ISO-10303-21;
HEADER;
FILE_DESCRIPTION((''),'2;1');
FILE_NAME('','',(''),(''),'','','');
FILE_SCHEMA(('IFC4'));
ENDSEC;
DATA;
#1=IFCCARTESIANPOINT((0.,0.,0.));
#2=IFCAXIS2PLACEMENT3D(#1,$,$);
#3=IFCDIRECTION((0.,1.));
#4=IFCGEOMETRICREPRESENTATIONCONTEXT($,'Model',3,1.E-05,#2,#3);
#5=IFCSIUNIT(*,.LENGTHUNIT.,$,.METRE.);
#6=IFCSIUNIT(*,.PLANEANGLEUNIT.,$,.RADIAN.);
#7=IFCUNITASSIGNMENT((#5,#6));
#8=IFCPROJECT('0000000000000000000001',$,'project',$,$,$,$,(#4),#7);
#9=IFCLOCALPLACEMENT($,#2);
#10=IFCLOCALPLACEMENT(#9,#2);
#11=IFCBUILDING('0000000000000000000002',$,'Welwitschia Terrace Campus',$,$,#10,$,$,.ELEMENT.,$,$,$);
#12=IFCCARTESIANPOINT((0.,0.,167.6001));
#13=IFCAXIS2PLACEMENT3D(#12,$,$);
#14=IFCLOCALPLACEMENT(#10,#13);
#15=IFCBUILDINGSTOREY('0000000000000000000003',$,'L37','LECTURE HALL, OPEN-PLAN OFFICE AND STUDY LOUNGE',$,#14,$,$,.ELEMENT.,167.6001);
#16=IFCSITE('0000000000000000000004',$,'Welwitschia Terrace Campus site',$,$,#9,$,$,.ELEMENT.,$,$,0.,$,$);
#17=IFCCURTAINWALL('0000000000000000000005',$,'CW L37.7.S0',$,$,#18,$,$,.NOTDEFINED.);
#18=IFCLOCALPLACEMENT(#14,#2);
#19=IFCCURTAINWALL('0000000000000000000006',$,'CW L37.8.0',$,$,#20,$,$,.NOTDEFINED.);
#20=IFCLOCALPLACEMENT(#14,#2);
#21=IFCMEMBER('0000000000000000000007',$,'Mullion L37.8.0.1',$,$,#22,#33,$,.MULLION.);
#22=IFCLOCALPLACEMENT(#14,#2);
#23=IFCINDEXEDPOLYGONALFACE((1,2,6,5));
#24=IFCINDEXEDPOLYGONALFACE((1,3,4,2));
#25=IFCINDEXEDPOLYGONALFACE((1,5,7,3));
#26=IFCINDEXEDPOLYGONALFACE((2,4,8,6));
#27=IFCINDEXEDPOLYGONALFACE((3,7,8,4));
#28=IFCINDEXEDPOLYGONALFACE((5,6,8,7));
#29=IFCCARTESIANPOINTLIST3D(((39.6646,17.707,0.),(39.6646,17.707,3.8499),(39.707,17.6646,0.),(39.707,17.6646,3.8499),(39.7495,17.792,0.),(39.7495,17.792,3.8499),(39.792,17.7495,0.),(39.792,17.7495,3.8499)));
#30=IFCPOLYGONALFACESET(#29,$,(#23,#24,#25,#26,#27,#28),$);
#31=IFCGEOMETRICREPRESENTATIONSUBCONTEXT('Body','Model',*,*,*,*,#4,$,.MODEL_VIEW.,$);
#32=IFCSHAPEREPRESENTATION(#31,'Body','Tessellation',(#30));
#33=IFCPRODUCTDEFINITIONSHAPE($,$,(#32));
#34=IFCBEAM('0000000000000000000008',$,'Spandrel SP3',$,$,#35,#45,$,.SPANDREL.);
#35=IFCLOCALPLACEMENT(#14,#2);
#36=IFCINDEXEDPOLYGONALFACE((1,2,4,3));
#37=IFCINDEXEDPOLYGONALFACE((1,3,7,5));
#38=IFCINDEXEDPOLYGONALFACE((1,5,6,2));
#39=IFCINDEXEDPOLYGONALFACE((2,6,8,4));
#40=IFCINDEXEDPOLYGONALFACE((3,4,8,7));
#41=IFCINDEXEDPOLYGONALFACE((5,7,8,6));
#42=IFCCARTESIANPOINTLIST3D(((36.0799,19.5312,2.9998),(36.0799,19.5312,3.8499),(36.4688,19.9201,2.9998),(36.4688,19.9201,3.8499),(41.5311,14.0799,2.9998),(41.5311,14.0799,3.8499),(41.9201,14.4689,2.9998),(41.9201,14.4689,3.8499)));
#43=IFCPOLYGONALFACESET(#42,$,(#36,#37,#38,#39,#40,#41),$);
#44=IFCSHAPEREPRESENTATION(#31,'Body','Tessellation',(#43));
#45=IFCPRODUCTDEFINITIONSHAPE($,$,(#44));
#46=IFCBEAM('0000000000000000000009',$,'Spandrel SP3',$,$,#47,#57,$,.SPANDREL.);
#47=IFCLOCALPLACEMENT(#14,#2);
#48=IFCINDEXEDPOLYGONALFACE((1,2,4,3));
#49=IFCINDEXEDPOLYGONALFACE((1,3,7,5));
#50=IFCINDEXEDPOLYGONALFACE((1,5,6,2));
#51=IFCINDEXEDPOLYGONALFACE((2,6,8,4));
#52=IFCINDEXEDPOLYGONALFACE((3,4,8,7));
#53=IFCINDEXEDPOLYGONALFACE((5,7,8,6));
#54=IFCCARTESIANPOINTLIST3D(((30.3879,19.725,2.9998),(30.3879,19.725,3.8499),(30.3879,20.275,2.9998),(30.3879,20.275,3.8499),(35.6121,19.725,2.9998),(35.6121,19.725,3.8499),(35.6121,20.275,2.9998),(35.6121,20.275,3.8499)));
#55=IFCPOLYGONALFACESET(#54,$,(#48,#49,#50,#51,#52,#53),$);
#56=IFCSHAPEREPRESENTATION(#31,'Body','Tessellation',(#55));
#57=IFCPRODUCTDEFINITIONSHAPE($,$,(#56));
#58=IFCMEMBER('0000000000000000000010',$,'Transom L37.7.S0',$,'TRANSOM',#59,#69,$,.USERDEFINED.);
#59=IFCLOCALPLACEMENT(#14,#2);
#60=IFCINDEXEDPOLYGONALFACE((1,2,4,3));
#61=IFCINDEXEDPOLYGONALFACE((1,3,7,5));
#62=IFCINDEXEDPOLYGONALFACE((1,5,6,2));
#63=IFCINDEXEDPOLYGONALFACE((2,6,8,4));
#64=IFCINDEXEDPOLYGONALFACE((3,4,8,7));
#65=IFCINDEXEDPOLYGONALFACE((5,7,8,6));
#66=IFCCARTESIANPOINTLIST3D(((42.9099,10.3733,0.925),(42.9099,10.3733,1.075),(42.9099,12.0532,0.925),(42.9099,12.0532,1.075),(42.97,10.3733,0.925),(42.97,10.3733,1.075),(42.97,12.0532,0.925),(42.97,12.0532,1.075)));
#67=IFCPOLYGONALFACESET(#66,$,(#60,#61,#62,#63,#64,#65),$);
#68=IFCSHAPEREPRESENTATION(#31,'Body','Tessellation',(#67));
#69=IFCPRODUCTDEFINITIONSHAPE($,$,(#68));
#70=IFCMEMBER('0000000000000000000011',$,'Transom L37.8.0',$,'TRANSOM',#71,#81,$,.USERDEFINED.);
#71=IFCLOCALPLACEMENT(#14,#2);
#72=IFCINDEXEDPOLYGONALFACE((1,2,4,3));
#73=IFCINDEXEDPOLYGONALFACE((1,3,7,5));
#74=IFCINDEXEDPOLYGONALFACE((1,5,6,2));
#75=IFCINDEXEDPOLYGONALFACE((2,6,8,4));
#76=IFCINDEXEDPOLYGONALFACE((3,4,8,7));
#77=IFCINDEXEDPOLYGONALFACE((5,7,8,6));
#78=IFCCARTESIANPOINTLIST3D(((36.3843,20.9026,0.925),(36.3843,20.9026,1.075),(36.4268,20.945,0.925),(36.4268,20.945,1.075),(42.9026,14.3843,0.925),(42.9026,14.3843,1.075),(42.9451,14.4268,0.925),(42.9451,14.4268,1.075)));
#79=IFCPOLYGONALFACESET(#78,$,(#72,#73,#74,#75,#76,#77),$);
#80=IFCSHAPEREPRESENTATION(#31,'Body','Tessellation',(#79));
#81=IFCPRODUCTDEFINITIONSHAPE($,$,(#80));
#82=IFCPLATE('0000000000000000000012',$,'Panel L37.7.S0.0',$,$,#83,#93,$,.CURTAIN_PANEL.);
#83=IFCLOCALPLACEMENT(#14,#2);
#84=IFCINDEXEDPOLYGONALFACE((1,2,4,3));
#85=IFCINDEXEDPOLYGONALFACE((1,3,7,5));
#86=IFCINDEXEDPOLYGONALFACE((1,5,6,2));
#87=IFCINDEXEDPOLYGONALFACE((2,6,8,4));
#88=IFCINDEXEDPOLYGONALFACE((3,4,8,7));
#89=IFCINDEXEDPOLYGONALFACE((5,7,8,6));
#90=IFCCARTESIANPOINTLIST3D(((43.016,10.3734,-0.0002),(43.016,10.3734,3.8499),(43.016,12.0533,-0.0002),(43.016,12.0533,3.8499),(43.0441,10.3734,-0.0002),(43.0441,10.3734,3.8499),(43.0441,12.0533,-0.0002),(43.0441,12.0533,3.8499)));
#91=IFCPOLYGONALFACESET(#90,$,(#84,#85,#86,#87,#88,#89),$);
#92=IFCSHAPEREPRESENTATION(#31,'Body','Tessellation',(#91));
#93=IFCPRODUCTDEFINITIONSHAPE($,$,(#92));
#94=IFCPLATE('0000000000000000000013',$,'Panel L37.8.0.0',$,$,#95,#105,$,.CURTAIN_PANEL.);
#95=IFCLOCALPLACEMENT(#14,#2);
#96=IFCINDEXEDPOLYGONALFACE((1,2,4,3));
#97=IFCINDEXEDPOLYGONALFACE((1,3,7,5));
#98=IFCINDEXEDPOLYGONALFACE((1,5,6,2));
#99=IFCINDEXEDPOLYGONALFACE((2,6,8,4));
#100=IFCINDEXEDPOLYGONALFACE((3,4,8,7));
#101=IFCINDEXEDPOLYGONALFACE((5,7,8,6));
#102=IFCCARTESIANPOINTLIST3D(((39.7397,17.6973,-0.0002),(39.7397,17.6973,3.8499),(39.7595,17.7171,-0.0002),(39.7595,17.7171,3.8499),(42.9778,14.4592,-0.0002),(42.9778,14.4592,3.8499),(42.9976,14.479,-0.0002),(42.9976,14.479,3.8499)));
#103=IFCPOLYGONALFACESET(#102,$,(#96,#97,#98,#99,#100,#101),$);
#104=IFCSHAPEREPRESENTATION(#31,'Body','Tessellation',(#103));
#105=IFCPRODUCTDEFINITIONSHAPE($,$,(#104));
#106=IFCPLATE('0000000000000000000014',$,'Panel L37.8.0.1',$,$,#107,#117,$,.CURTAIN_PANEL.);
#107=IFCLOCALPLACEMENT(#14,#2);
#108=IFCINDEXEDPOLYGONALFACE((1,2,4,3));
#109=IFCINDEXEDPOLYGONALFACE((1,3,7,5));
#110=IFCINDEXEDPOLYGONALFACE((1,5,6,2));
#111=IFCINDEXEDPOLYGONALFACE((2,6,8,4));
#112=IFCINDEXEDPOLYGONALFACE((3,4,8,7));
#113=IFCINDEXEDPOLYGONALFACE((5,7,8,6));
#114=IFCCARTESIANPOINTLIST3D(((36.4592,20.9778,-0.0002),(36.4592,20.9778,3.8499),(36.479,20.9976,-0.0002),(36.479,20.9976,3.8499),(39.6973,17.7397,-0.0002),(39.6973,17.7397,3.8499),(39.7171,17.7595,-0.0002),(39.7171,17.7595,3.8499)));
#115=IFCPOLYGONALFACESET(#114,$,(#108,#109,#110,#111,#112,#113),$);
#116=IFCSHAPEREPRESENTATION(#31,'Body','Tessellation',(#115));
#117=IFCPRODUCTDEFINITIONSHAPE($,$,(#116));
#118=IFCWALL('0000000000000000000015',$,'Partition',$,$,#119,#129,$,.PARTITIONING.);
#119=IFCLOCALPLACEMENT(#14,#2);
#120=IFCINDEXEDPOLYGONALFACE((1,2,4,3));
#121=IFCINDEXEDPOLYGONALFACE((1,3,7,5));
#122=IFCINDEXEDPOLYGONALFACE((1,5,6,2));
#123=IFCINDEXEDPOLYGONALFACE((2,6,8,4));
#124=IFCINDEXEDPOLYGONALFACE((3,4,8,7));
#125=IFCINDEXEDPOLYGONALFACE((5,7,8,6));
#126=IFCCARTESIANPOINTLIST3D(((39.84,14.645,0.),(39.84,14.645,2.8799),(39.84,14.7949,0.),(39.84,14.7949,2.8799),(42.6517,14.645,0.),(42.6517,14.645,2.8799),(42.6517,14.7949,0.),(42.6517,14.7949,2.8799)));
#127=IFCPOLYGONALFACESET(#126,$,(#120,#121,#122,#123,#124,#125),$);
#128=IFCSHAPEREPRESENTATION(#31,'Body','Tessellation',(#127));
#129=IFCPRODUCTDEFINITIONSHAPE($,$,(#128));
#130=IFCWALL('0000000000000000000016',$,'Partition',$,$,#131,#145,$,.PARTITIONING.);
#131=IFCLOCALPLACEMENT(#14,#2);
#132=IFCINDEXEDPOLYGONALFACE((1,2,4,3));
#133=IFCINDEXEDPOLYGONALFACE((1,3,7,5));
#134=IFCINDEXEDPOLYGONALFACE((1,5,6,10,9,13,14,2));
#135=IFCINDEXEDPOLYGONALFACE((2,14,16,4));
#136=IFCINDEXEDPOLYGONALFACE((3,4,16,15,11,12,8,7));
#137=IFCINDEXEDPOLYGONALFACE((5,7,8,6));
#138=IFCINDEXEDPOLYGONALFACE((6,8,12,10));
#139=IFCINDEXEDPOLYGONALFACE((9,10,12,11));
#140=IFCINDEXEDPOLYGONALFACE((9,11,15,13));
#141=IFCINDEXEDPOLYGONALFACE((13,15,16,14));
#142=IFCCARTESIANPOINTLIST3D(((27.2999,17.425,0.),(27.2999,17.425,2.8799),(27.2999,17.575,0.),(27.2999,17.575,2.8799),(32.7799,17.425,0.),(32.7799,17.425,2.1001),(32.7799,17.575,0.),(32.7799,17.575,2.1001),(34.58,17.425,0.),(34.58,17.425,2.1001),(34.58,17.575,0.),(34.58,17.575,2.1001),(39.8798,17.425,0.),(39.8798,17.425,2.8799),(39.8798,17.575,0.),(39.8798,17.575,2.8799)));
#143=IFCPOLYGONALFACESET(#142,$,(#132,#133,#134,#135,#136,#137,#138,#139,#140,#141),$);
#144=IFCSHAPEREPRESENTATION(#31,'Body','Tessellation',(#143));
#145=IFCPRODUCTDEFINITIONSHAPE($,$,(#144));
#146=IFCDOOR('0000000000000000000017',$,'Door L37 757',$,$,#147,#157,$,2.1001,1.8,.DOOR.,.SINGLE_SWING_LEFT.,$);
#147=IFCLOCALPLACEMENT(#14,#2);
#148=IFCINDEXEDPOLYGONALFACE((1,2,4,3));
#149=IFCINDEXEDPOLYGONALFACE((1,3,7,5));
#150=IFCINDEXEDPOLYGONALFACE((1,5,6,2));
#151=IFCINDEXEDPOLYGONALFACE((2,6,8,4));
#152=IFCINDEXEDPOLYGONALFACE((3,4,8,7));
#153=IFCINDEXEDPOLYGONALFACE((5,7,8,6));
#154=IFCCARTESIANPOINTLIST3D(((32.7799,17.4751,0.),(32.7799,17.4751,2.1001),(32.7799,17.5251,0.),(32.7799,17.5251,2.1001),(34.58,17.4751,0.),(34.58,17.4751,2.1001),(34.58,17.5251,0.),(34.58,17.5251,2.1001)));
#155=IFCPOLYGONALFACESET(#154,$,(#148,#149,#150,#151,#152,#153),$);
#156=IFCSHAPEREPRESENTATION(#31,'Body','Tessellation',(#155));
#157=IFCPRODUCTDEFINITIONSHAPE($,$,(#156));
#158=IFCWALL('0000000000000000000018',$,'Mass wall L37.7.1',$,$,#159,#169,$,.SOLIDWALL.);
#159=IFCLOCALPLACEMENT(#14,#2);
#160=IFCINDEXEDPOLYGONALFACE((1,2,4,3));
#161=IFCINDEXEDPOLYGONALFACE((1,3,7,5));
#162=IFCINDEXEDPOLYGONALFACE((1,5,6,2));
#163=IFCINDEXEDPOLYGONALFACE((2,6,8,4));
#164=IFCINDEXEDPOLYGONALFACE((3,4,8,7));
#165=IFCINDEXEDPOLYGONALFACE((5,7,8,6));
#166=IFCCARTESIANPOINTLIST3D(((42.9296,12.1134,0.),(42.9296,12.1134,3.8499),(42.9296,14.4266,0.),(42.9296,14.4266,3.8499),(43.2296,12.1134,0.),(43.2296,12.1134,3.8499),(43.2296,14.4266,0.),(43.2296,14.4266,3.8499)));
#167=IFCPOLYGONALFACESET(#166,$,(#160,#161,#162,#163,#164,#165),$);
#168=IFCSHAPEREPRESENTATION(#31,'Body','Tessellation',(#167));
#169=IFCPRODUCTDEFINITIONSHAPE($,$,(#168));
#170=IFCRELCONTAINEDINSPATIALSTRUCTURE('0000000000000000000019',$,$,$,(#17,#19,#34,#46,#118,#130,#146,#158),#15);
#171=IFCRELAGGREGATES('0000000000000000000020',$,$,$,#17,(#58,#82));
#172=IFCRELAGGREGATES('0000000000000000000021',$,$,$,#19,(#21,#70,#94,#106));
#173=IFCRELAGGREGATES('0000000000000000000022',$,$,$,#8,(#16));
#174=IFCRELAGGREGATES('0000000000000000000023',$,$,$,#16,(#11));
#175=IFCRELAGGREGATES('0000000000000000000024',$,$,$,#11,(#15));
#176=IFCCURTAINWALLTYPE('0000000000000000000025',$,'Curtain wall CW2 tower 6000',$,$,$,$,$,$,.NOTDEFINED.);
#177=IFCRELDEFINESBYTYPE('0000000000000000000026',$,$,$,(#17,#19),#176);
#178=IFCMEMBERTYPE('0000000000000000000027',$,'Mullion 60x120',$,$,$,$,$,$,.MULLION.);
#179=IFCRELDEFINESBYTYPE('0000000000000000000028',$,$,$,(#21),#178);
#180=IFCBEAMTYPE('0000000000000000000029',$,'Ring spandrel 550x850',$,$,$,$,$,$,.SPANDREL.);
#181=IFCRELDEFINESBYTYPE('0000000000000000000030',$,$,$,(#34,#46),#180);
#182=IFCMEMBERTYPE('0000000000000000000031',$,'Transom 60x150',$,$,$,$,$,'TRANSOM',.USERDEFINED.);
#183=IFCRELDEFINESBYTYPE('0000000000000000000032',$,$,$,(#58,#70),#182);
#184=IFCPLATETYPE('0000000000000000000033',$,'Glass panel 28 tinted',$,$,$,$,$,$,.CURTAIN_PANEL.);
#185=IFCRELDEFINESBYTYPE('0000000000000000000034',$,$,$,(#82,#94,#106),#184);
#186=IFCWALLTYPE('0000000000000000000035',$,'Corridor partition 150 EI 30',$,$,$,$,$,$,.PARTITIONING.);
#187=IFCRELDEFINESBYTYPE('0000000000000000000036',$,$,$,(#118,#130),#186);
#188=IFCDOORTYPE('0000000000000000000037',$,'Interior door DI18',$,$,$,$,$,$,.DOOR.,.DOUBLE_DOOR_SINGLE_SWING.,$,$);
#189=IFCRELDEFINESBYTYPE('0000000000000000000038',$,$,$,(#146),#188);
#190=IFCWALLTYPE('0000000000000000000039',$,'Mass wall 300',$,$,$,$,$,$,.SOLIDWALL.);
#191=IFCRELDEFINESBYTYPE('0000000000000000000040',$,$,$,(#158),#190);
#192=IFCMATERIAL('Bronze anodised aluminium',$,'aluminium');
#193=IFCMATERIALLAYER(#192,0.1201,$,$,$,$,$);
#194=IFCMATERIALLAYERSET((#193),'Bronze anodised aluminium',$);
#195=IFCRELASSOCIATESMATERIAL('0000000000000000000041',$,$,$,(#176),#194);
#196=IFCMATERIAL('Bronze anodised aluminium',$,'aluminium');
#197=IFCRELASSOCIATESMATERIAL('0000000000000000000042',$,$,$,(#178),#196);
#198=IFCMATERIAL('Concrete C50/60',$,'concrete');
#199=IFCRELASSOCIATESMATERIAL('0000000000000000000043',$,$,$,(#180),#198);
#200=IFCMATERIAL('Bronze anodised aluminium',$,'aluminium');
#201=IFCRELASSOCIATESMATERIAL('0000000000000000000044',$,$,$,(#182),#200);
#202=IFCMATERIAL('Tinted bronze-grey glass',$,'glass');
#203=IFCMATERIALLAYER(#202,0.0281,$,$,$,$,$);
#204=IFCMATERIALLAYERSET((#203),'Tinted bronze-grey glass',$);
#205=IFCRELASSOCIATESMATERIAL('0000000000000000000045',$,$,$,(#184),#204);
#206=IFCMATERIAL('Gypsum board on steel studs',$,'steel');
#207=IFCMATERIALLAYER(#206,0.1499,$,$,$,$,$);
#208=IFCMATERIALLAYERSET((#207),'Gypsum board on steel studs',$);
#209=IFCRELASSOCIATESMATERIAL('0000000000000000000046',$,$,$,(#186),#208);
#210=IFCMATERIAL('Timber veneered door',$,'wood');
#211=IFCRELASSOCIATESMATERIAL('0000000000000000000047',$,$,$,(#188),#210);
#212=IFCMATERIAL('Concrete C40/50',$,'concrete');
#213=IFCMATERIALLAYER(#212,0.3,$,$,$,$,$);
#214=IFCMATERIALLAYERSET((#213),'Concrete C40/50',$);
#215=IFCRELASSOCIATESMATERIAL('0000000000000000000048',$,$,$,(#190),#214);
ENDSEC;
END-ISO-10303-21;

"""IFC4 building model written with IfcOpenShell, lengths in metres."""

from ifc_helpers import new_model, si_unit, direction, frame, frame_2d, origin, origin_2d, place, context, subcontext, project, spatial, rectangle, extrude, material, layer, layer_set, material_profile, profile_set, type_object, element, fill, aggregate, save


model = new_model("IFC4")

# Units and contexts
model_context = context("Model", 3, precision=1e-05, world=origin(), true_north=direction((0.0, 1.0)))
body_context = subcontext(model_context, "Body", "Model", "MODEL_VIEW")
ifc_project = project(units=[si_unit("LENGTHUNIT", "METRE"), si_unit("PLANEANGLEUNIT", "RADIAN")], contexts=[model_context])

# Site, building, storey
site_placement = place(None, origin())
site = spatial("IfcSite", under=ifc_project, at=site_placement, Name="Welwitschia Terrace Campus site", CompositionType="ELEMENT", RefElevation=0.0)
building_placement = place(site_placement, origin())
building = spatial("IfcBuilding", under=site, at=building_placement, Name="Welwitschia Terrace Campus", CompositionType="ELEMENT")
storey_placement = place(building_placement, frame((0.0, 0.0, 167.6001)))
storey = spatial("IfcBuildingStorey", under=building, at=storey_placement, Name="L37", Description="LECTURE HALL, OPEN-PLAN OFFICE AND STUDY LOUNGE", CompositionType="ELEMENT", Elevation=167.6001)

# Curtain walls, member
ifc_material_1 = material(Name="Bronze anodised aluminium", Category="aluminium")
ifc_layer_1 = layer(ifc_material_1, 0.1201)
ifc_layer_set_1 = layer_set([ifc_layer_1], Name="Bronze anodised aluminium")
curtain_wall_type = type_object("IfcCurtainWallType", Name="Curtain wall CW2 tower 6000", PredefinedType="NOTDEFINED", material=ifc_layer_set_1)
curtain_wall_1_placement = place(storey_placement, origin())
curtain_wall_1 = element("IfcCurtainWall", 1, at=curtain_wall_1_placement, inside=storey, type_object=curtain_wall_type, Name="CW L37.7.S0", PredefinedType="NOTDEFINED")
ifc_material_2 = material(Name="Bronze anodised aluminium", Category="aluminium")
ifc_material_profile_1 = material_profile(ifc_material_2, rectangle(XDim=0.1201, YDim=0.0601, at=origin_2d()))
ifc_profile_set_1 = profile_set([ifc_material_profile_1], Name="Bronze anodised aluminium")
member_type_1 = type_object("IfcMemberType", Name="Mullion 60x120", PredefinedType="MULLION", material=ifc_profile_set_1)
curtain_wall_2_placement = place(storey_placement, origin())
curtain_wall_2 = element("IfcCurtainWall", 2, at=curtain_wall_2_placement, inside=storey, type_object=curtain_wall_type, Name="CW L37.8.0", PredefinedType="NOTDEFINED")
member_1_placement = place(storey_placement, frame((39.7283, 17.7283, 0.0), z_axis=(0.0, 0.0, 1.0), x_axis=(-0.707107, -0.707107, 0.0)))
member_1 = element("IfcMember", 3, at=member_1_placement, type_object=member_type_1, Name="Mullion L37.8.0.1", PredefinedType="MULLION", context=body_context, shape_type="SweptSolid", body=[
    extrude(rectangle(XDim=0.1201, YDim=0.0601, at=origin_2d()), origin(), (0.0, 0.0, 1.0), 3.8499),
])

# Beams
ifc_material_3 = material(Name="Concrete C50/60", Category="concrete")
ifc_material_profile_2 = material_profile(ifc_material_3, rectangle(XDim=0.55, YDim=0.8501, at=origin_2d()))
ifc_profile_set_2 = profile_set([ifc_material_profile_2], Name="Concrete C50/60")
beam_type_1 = type_object("IfcBeamType", Name="Ring spandrel 550x850", PredefinedType="SPANDREL", material=ifc_profile_set_2)
beam_1_placement = place(storey_placement, frame((41.7256, 14.2744, 3.4248), z_axis=(-0.707107, 0.707107, 0.0), x_axis=(-0.707107, -0.707107, 0.0)))
element("IfcBeam", 4, at=beam_1_placement, inside=storey, type_object=beam_type_1, Name="Spandrel SP3", PredefinedType="SPANDREL", context=body_context, shape_type="SweptSolid", body=[
    extrude(rectangle(XDim=0.55, YDim=0.8501, at=origin_2d()), origin(), (0.0, 0.0, 1.0), 7.7092),
])
beam_2_placement = place(storey_placement, frame((35.6121, 20.0, 3.4248), z_axis=(-1.0, 0.0, 0.0), x_axis=(0.0, -1.0, 0.0)))
element("IfcBeam", 5, at=beam_2_placement, inside=storey, type_object=beam_type_1, Name="Spandrel SP3", PredefinedType="SPANDREL", context=body_context, shape_type="SweptSolid", body=[
    extrude(rectangle(XDim=0.55, YDim=0.8501, at=origin_2d()), origin(), (0.0, 0.0, 1.0), 5.2241),
])

# Members
ifc_material_4 = material(Name="Bronze anodised aluminium", Category="aluminium")
ifc_material_profile_3 = material_profile(ifc_material_4, rectangle(XDim=0.0601, YDim=0.1499, at=origin_2d()))
ifc_profile_set_3 = profile_set([ifc_material_profile_3], Name="Bronze anodised aluminium")
member_type_2 = type_object("IfcMemberType", Name="Transom 60x150", ElementType="TRANSOM", PredefinedType="USERDEFINED", material=ifc_profile_set_3)
member_2_placement = place(storey_placement, frame((42.9399, 10.3733, 1.0), z_axis=(0.0, 1.0, 0.0), x_axis=(-1.0, 0.0, 0.0)))
member_2 = element("IfcMember", 6, at=member_2_placement, type_object=member_type_2, Name="Transom L37.7.S0", ObjectType="TRANSOM", PredefinedType="USERDEFINED", context=body_context, shape_type="SweptSolid", body=[
    extrude(rectangle(XDim=0.0601, YDim=0.1499, at=origin_2d()), origin(), (0.0, 0.0, 1.0), 1.6799),
])
member_3_placement = place(storey_placement, frame((42.9238, 14.4055, 1.0), z_axis=(-0.707107, 0.707107, 0.0), x_axis=(-0.707107, -0.707107, 0.0)))
member_3 = element("IfcMember", 7, at=member_3_placement, type_object=member_type_2, Name="Transom L37.8.0", ObjectType="TRANSOM", PredefinedType="USERDEFINED", context=body_context, shape_type="SweptSolid", body=[
    extrude(rectangle(XDim=0.0601, YDim=0.1499, at=origin_2d()), origin(), (0.0, 0.0, 1.0), 9.2183),
])

# Plates
ifc_material_5 = material(Name="Tinted bronze-grey glass", Category="glass")
ifc_layer_2 = layer(ifc_material_5, 0.0281)
ifc_layer_set_2 = layer_set([ifc_layer_2], Name="Tinted bronze-grey glass")
plate_type = type_object("IfcPlateType", Name="Glass panel 28 tinted", PredefinedType="CURTAIN_PANEL", material=ifc_layer_set_2)
plate_1_placement = place(storey_placement, frame((43.03, 11.2134, -0.0002), z_axis=(0.0, 0.0, 1.0), x_axis=(0.0, 1.0, 0.0)))
plate_1 = element("IfcPlate", 8, at=plate_1_placement, type_object=plate_type, Name="Panel L37.7.S0.0", PredefinedType="CURTAIN_PANEL", context=body_context, shape_type="SweptSolid", body=[
    extrude(rectangle(XDim=1.6799, YDim=0.0281, at=origin_2d()), origin(), (0.0, 0.0, 1.0), 3.8501),
])
aggregate(curtain_wall_1, [member_2, plate_1])
plate_2_placement = place(storey_placement, frame((41.3687, 16.0881, -0.0002), z_axis=(0.0, 0.0, 1.0), x_axis=(-0.707107, 0.707107, 0.0)))
plate_2 = element("IfcPlate", 9, at=plate_2_placement, type_object=plate_type, Name="Panel L37.8.0.0", PredefinedType="CURTAIN_PANEL", context=body_context, shape_type="SweptSolid", body=[
    extrude(rectangle(XDim=4.5793, YDim=0.0281, at=origin_2d()), origin(), (0.0, 0.0, 1.0), 3.8501),
])
plate_3_placement = place(storey_placement, frame((38.0881, 19.3687, -0.0002), z_axis=(0.0, 0.0, 1.0), x_axis=(-0.707107, 0.707107, 0.0)))
plate_3 = element("IfcPlate", 10, at=plate_3_placement, type_object=plate_type, Name="Panel L37.8.0.1", PredefinedType="CURTAIN_PANEL", context=body_context, shape_type="SweptSolid", body=[
    extrude(rectangle(XDim=4.5793, YDim=0.0281, at=origin_2d()), origin(), (0.0, 0.0, 1.0), 3.8501),
])
aggregate(curtain_wall_2, [member_1, member_3, plate_2, plate_3])

# Wall
ifc_material_6 = material(Name="Gypsum board on steel studs", Category="steel")
ifc_layer_3 = layer(ifc_material_6, 0.1499)
ifc_layer_set_3 = layer_set([ifc_layer_3], Name="Gypsum board on steel studs")
wall_type_1 = type_object("IfcWallType", Name="Corridor partition 150 EI 30", PredefinedType="PARTITIONING", material=ifc_layer_set_3)
wall_1_placement = place(storey_placement, frame((39.8401, 14.72, 0.0), z_axis=(0.0, 0.0, 1.0), x_axis=(1.0, 0.0, 0.0)))
element("IfcWall", 11, at=wall_1_placement, inside=storey, type_object=wall_type_1, Name="Partition", PredefinedType="PARTITIONING", context=body_context, shape_type="SweptSolid", body=[
    extrude(rectangle(XDim=2.8118, YDim=0.1499, at=frame_2d((1.4058, 0.0))), origin(), (0.0, 0.0, 1.0), 2.8799),
])

# Wall, opening, door
wall_2_placement = place(storey_placement, frame((39.8799, 17.5, 0.0), z_axis=(0.0, 0.0, 1.0), x_axis=(-1.0, 0.0, 0.0)))
wall_2 = element("IfcWall", 12, at=wall_2_placement, inside=storey, type_object=wall_type_1, Name="Partition", PredefinedType="PARTITIONING", context=body_context, shape_type="SweptSolid", body=[
    extrude(rectangle(XDim=12.5798, YDim=0.1499, at=frame_2d((6.29, 0.0))), origin(), (0.0, 0.0, 1.0), 2.8799),
])
opening_placement = place(wall_2_placement, frame((5.3, 0.0, 0.0)))
opening = element("IfcOpeningElement", 13, at=opening_placement, cuts=wall_2, PredefinedType="OPENING", context=body_context, shape_type="SweptSolid", body=[
    extrude(rectangle(XDim=1.8, YDim=2.1001, at=frame_2d((0.8999, 1.05))), frame((0.0, 0.085, 0.0), z_axis=(0.0, -1.0, 0.0), x_axis=(1.0, 0.0, 0.0)), (0.0, 0.0, 1.0), 0.1699),
])
ifc_material_7 = material(Name="Timber veneered door", Category="wood")
door_type = type_object("IfcDoorType", Name="Interior door DI18", OperationType="DOUBLE_DOOR_SINGLE_SWING", PredefinedType="DOOR", material=ifc_material_7)
door_placement = place(opening_placement, origin())
door = element("IfcDoor", 14, at=door_placement, inside=storey, type_object=door_type, Name="Door L37 757", OperationType="SINGLE_SWING_LEFT", OverallHeight=2.1001, OverallWidth=1.8, PredefinedType="DOOR", context=body_context, shape_type="SweptSolid", body=[
    extrude(rectangle(XDim=1.8, YDim=2.1001, at=frame_2d((0.8999, 1.05))), frame((0.0, 0.0249, 0.0), z_axis=(0.0, -1.0, 0.0), x_axis=(1.0, 0.0, 0.0)), (0.0, 0.0, 1.0), 0.05),
])
fill(opening, door)

# Wall
ifc_material_8 = material(Name="Concrete C40/50", Category="concrete")
ifc_layer_4 = layer(ifc_material_8, 0.3)
ifc_layer_set_4 = layer_set([ifc_layer_4], Name="Concrete C40/50")
wall_type_2 = type_object("IfcWallType", Name="Mass wall 300", PredefinedType="SOLIDWALL", material=ifc_layer_set_4)
wall_3_placement = place(storey_placement, frame((43.0796, 12.1133, 0.0), z_axis=(0.0, 0.0, 1.0), x_axis=(0.0, 1.0, 0.0)))
element("IfcWall", 15, at=wall_3_placement, inside=storey, type_object=wall_type_2, Name="Mass wall L37.7.1", PredefinedType="SOLIDWALL", context=body_context, shape_type="SweptSolid", body=[
    extrude(rectangle(XDim=2.3132, YDim=0.3, at=frame_2d((1.1567, 0.0))), origin(), (0.0, 0.0, 1.0), 3.8499),
])

save(model, "model.ifc")
